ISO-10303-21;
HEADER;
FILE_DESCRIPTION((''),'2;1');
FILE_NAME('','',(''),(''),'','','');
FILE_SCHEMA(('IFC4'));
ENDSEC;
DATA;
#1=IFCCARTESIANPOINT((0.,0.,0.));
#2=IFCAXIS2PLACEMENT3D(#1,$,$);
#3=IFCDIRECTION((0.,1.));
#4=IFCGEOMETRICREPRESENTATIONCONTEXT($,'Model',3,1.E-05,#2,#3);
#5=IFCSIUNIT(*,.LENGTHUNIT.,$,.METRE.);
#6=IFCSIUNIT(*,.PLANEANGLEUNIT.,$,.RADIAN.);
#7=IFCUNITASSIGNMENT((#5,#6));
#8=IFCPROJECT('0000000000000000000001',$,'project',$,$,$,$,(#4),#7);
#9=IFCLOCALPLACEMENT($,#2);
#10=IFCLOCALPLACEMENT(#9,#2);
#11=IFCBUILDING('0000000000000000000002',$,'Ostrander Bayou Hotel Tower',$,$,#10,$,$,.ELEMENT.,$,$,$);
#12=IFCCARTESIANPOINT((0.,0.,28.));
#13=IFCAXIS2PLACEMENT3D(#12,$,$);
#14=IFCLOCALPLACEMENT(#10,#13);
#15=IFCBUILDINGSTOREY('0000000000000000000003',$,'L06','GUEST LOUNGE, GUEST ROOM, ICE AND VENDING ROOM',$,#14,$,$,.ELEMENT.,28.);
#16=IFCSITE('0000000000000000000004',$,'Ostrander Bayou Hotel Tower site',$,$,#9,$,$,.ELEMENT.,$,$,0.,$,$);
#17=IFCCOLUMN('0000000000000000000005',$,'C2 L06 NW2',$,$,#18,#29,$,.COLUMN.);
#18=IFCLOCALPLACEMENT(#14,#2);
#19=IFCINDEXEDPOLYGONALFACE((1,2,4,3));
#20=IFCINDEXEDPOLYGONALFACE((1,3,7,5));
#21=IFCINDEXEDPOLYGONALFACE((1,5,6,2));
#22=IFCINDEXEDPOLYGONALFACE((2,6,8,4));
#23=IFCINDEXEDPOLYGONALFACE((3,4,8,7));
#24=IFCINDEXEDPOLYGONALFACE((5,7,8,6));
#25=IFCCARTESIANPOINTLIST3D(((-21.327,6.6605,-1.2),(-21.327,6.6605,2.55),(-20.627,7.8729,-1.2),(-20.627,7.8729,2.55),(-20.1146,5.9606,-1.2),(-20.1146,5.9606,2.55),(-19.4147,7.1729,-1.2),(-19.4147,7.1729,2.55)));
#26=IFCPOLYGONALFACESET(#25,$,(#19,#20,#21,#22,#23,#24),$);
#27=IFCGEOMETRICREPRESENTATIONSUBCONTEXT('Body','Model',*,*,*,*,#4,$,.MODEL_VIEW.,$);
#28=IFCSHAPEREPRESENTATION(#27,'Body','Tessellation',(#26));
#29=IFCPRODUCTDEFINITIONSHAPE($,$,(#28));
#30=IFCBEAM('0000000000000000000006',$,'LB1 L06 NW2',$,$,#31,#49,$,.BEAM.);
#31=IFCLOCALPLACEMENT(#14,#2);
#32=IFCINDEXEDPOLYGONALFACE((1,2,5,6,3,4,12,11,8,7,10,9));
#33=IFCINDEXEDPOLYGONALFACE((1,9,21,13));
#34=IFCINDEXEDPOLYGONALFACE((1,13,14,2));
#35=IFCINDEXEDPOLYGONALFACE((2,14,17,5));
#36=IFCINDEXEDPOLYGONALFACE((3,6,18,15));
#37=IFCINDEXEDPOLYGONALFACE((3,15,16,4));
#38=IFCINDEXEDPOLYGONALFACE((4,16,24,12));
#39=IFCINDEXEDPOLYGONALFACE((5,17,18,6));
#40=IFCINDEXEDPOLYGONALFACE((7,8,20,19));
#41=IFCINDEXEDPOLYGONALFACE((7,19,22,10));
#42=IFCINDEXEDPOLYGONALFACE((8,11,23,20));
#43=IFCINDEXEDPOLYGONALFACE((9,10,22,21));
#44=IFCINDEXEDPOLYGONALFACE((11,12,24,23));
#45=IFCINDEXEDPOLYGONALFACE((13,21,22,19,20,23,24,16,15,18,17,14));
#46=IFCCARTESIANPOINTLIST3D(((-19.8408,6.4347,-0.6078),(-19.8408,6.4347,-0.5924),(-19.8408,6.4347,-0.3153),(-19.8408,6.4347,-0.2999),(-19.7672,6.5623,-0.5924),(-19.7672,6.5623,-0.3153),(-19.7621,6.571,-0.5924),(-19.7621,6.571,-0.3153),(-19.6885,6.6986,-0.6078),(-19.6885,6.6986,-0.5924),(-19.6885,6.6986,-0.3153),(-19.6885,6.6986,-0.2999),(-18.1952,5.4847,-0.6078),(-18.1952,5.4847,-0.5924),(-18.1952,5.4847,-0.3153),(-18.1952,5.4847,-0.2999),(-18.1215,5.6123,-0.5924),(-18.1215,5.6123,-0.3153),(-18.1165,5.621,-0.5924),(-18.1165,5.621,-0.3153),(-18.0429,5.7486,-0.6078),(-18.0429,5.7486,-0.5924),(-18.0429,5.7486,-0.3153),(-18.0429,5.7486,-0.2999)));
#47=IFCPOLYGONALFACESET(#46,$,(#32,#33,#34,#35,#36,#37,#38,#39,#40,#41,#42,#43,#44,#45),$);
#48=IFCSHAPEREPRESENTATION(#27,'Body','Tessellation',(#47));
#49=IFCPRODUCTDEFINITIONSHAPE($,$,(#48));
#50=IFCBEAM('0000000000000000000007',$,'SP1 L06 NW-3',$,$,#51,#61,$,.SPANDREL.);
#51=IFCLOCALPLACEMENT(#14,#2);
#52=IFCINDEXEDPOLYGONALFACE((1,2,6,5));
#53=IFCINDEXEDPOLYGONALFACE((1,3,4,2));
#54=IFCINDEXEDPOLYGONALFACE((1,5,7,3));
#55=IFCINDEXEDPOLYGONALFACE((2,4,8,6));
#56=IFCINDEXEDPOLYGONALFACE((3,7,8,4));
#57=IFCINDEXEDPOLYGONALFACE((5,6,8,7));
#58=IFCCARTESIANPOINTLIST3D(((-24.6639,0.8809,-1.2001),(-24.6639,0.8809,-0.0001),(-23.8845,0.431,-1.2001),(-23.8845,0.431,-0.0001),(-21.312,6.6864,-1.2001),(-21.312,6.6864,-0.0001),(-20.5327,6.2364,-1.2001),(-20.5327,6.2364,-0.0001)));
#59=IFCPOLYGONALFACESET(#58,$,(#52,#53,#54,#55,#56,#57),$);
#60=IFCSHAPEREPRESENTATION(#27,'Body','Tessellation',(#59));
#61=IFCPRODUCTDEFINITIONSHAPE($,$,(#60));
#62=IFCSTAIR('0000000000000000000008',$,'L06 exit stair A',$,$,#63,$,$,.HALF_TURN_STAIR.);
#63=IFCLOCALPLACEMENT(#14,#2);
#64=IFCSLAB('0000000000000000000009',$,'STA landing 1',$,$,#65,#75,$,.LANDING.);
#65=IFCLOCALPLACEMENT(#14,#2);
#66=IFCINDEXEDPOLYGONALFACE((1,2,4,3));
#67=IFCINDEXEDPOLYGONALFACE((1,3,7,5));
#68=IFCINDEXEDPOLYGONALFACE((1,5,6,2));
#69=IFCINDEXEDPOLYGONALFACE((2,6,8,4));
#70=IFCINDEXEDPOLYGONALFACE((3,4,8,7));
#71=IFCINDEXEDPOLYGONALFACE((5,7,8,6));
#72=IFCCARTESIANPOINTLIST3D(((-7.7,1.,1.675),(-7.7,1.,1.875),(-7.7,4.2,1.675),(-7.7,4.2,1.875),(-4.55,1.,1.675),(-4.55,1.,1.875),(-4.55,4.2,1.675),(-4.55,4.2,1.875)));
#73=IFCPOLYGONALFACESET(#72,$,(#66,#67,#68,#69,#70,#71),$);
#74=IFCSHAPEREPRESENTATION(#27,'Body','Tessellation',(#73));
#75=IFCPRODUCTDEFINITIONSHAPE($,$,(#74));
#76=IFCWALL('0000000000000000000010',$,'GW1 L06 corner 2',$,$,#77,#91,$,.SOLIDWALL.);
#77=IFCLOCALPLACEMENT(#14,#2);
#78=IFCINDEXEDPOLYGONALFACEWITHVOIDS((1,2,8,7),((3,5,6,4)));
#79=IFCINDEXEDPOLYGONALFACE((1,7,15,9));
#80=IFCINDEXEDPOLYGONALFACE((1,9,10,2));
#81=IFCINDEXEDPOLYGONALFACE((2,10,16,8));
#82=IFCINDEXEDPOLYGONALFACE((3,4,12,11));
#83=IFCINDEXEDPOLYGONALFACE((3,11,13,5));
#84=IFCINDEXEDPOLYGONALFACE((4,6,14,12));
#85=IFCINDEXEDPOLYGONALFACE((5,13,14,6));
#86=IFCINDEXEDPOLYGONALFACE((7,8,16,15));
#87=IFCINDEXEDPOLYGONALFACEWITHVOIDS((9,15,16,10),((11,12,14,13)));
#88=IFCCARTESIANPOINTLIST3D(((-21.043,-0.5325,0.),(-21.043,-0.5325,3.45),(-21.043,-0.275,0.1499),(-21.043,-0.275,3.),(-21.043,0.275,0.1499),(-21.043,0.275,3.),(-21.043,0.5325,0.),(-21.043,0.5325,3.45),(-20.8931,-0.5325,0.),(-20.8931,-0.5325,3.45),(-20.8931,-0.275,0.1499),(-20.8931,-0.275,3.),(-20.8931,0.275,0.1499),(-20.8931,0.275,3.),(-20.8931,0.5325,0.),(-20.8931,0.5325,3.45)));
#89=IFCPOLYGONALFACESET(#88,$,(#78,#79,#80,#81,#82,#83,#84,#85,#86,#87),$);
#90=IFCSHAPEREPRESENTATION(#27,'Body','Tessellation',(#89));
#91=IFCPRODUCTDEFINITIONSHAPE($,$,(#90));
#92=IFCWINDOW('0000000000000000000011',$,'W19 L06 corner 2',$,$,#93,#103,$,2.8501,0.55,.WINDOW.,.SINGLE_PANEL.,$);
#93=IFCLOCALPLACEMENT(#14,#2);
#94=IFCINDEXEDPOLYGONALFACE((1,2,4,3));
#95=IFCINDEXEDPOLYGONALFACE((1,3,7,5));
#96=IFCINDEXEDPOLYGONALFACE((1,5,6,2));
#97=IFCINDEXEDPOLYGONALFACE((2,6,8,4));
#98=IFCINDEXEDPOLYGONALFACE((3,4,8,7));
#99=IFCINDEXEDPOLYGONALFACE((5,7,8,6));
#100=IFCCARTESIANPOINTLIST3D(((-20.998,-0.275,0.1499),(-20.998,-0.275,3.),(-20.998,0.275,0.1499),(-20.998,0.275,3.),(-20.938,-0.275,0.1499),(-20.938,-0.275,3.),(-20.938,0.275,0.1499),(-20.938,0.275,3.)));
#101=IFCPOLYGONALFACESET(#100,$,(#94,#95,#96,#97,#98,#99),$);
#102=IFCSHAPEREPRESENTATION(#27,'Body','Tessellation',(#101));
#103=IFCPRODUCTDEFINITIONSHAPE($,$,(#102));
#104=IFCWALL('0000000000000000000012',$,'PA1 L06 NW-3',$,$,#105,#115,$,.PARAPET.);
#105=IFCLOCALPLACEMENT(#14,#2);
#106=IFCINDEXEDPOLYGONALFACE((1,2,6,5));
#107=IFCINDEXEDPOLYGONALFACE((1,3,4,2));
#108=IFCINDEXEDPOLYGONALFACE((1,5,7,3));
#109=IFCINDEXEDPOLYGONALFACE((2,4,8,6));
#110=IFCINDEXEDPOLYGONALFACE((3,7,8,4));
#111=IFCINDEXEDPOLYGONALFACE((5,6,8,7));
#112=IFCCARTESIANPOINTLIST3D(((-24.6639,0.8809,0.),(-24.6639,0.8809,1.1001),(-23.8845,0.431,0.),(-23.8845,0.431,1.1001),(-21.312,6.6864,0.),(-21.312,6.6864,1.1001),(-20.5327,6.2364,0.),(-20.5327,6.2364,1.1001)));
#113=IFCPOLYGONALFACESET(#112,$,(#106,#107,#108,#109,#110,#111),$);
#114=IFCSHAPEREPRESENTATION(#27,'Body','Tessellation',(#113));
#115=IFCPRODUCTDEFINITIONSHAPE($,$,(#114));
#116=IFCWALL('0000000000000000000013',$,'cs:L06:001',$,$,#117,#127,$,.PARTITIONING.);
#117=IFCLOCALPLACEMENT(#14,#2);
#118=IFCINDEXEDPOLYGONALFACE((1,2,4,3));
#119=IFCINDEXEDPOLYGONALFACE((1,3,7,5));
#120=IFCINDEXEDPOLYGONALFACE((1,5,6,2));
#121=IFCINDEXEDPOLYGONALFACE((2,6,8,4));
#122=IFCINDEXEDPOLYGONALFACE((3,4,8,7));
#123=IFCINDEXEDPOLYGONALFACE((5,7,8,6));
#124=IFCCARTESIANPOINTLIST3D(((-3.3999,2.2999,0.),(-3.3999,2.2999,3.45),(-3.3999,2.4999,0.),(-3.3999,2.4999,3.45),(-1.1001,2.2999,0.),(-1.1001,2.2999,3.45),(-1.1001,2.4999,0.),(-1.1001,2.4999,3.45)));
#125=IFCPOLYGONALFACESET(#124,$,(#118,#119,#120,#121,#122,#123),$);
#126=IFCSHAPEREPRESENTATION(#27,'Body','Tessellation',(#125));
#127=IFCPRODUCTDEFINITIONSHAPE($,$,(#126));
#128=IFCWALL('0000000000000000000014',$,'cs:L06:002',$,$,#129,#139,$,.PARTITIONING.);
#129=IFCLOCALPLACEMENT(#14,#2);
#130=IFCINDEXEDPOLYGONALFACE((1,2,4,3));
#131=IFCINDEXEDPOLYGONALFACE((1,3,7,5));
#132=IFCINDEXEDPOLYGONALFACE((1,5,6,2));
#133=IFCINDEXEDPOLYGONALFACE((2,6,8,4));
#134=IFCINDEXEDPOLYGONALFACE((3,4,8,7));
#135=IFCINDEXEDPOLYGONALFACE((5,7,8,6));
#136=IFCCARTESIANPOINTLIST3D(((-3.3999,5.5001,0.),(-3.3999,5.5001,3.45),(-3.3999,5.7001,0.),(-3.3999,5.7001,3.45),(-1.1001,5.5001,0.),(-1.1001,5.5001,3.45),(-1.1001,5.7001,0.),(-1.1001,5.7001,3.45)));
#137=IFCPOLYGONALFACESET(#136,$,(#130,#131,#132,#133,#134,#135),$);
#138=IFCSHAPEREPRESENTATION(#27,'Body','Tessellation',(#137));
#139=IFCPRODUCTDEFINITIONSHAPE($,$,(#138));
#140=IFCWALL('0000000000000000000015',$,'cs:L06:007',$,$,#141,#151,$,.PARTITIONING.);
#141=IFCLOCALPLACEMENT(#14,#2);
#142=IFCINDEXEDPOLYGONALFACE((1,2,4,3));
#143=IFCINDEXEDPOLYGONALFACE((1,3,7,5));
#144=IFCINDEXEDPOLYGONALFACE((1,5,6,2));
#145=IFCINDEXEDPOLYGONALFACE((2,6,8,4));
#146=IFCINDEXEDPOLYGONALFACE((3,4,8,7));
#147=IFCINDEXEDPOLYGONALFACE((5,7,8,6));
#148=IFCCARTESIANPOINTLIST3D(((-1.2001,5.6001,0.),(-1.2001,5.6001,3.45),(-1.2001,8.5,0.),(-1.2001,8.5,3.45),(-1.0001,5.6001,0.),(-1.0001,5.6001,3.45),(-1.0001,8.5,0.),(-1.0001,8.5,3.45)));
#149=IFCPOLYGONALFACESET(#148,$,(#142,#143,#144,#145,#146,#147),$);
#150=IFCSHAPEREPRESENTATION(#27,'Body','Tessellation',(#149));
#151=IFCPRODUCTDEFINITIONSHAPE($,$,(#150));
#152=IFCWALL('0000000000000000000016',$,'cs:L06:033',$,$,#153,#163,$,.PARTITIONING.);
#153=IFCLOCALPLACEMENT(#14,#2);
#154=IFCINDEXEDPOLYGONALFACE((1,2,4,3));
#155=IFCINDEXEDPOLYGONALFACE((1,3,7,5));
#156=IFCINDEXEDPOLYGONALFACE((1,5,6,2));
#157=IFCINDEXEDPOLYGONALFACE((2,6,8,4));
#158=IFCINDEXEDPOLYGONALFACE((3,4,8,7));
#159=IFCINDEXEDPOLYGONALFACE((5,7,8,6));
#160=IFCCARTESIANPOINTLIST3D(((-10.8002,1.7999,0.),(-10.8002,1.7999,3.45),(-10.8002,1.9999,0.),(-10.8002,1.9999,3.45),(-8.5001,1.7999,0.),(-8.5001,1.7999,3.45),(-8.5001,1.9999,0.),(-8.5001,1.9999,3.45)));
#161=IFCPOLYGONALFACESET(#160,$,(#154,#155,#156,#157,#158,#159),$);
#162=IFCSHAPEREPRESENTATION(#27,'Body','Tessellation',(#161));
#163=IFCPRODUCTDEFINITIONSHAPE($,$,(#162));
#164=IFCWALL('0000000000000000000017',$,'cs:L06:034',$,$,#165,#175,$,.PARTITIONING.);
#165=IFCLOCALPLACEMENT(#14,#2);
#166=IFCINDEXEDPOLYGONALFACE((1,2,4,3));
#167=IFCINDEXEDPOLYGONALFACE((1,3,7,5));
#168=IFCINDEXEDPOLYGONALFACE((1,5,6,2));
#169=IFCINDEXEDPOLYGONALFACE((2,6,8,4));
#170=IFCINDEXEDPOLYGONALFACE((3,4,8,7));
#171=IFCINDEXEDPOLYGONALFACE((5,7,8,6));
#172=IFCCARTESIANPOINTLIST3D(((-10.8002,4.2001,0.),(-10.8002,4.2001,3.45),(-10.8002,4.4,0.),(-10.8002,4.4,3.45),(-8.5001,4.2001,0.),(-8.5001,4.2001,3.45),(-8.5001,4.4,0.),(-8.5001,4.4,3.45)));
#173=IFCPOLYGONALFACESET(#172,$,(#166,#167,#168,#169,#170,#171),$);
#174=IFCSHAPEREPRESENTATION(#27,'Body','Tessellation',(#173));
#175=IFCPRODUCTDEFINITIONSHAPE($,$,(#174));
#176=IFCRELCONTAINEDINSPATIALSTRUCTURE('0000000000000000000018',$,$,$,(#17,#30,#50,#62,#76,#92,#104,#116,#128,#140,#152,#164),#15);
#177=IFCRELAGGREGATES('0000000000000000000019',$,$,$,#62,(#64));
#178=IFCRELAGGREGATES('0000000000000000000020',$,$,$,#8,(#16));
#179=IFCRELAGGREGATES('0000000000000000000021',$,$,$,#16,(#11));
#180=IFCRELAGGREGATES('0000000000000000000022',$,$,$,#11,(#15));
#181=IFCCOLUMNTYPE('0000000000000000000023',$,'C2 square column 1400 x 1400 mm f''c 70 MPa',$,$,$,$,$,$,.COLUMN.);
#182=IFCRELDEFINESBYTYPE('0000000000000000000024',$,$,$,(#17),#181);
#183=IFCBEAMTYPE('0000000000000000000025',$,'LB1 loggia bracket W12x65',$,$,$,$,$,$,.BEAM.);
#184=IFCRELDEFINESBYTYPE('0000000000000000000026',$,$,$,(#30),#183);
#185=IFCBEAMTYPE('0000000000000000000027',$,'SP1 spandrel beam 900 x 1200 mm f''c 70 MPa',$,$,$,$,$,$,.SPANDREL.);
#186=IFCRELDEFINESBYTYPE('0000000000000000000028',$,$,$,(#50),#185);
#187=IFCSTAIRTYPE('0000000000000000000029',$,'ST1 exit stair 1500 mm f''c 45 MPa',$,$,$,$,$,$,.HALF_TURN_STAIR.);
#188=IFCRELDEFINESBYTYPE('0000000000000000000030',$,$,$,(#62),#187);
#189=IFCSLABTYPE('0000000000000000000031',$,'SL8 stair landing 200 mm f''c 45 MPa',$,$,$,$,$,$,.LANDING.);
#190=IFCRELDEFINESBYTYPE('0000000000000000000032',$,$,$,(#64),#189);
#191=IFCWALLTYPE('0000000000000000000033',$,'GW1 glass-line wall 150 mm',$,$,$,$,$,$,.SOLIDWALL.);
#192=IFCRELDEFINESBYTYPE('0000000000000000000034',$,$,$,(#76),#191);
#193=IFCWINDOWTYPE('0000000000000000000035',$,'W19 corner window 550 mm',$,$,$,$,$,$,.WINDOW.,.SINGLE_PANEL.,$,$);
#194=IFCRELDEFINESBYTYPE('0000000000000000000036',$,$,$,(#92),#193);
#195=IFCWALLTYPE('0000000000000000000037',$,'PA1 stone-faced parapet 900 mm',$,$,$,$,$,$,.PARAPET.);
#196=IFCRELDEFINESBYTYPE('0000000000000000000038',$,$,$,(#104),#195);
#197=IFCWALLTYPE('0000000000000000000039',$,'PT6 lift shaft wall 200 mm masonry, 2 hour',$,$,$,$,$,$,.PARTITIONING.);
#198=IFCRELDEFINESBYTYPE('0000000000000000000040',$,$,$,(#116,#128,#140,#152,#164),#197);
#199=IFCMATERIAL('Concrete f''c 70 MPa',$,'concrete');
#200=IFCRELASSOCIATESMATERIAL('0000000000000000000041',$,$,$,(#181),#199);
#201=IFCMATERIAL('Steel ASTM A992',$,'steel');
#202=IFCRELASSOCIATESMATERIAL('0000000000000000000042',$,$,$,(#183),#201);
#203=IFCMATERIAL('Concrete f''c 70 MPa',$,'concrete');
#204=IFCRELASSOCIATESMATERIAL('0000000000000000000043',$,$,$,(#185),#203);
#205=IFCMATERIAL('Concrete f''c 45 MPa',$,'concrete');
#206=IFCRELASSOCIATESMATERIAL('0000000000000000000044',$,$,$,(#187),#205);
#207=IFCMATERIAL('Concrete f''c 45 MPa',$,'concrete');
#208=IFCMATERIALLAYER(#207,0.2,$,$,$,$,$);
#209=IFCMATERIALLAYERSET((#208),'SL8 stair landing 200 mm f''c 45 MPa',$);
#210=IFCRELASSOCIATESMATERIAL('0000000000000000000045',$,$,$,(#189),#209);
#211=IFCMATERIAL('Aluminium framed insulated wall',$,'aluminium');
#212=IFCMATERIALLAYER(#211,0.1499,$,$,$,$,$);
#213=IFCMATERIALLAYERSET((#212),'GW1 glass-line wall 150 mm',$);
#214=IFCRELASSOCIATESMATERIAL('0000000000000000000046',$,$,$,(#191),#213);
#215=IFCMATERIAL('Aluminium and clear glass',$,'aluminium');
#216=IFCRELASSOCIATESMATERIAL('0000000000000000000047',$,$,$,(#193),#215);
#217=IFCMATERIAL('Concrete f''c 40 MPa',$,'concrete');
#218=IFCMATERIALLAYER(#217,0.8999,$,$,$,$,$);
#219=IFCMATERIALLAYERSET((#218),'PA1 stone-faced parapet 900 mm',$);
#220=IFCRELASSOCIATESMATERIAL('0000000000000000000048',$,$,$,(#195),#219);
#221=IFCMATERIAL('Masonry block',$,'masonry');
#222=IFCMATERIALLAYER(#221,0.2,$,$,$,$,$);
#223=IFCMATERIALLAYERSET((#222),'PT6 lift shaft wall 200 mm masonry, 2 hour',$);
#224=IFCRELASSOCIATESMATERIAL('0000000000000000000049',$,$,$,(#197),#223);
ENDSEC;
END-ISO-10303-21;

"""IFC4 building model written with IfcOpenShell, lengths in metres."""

from ifc_helpers import new_model, si_unit, direction, frame, frame_2d, origin, origin_2d, place, context, subcontext, project, spatial, polyline, rectangle, i_section, outline, extrude, material, layer, layer_set, material_profile, profile_set, type_object, element, fill, aggregate, save


model = new_model("IFC4")

# Units and contexts
model_context = context("Model", 3, precision=1e-05, world=origin(), true_north=direction((0.0, 1.0)))
body_context = subcontext(model_context, "Body", "Model", "MODEL_VIEW")
ifc_project = project(units=[si_unit("LENGTHUNIT", "METRE"), si_unit("PLANEANGLEUNIT", "RADIAN")], contexts=[model_context])

# Site, building, storey
site_placement = place(None, origin())
site = spatial("IfcSite", under=ifc_project, at=site_placement, Name="Ostrander Bayou Hotel Tower site", CompositionType="ELEMENT", RefElevation=0.0)
building_placement = place(site_placement, origin())
building = spatial("IfcBuilding", under=site, at=building_placement, Name="Ostrander Bayou Hotel Tower", CompositionType="ELEMENT")
storey_placement = place(building_placement, frame((0.0, 0.0, 28.0)))
storey = spatial("IfcBuildingStorey", under=building, at=storey_placement, Name="L06", Description="GUEST LOUNGE, GUEST ROOM, ICE AND VENDING ROOM", CompositionType="ELEMENT", Elevation=28.0)

# Column
ifc_material_1 = material(Name="Concrete f'c 70 MPa", Category="concrete")
ifc_material_profile_1 = material_profile(ifc_material_1, rectangle(XDim=1.3999, YDim=1.3999, at=origin_2d()))
ifc_profile_set_1 = profile_set([ifc_material_profile_1], Name="Concrete f'c 70 MPa")
column_type = type_object("IfcColumnType", Name="C2 square column 1400 x 1400 mm f'c 70 MPa", PredefinedType="COLUMN", material=ifc_profile_set_1)
column_placement = place(storey_placement, frame((-20.3708, 6.9167, -1.2), z_axis=(0.0, 0.0, 1.0), x_axis=(0.5, 0.866025, 0.0)))
element("IfcColumn", 1, at=column_placement, inside=storey, type_object=column_type, Name="C2 L06 NW2", PredefinedType="COLUMN", context=body_context, shape_type="SweptSolid", body=[
    extrude(rectangle(XDim=1.3999, YDim=1.3999, at=origin_2d()), origin(), (0.0, 0.0, 1.0), 3.75),
])

# Beams
ifc_material_2 = material(Name="Steel ASTM A992", Category="steel")
ifc_material_profile_2 = material_profile(ifc_material_2, i_section(OverallWidth=0.3047, OverallDepth=0.3079, WebThickness=0.01, FlangeThickness=0.0154, at=origin_2d()))
ifc_profile_set_2 = profile_set([ifc_material_profile_2], Name="Steel ASTM A992")
beam_type_1 = type_object("IfcBeamType", Name="LB1 loggia bracket W12x65", PredefinedType="BEAM", material=ifc_profile_set_2)
beam_1_placement = place(storey_placement, frame((-19.7646, 6.5667, -0.4539), z_axis=(0.866044, -0.499967, 0.0), x_axis=(0.499967, 0.866044, 0.0)))
element("IfcBeam", 2, at=beam_1_placement, inside=storey, type_object=beam_type_1, Name="LB1 L06 NW2", PredefinedType="BEAM", context=body_context, shape_type="SweptSolid", body=[
    extrude(i_section(OverallWidth=0.3047, OverallDepth=0.3079, WebThickness=0.01, FlangeThickness=0.0154, at=origin_2d()), origin(), (0.0, 0.0, 1.0), 1.9001),
])
ifc_material_3 = material(Name="Concrete f'c 70 MPa", Category="concrete")
ifc_material_profile_3 = material_profile(ifc_material_3, rectangle(XDim=0.8999, YDim=1.2, at=origin_2d()))
ifc_profile_set_3 = profile_set([ifc_material_profile_3], Name="Concrete f'c 70 MPa")
beam_type_2 = type_object("IfcBeamType", Name="SP1 spandrel beam 900 x 1200 mm f'c 70 MPa", PredefinedType="SPANDREL", material=ifc_profile_set_3)
beam_2_placement = place(storey_placement, frame((-20.9224, 6.4614, -0.6001), z_axis=(-0.500005, -0.866022, 0.0), x_axis=(0.866022, -0.500005, 0.0)))
element("IfcBeam", 3, at=beam_2_placement, inside=storey, type_object=beam_type_2, Name="SP1 L06 NW-3", PredefinedType="SPANDREL", context=body_context, shape_type="SweptSolid", body=[
    extrude(rectangle(XDim=0.8999, YDim=1.2, at=origin_2d()), origin(), (0.0, 0.0, 1.0), 6.7036),
])

# Stair, slab
ifc_material_4 = material(Name="Concrete f'c 45 MPa", Category="concrete")
stair_type = type_object("IfcStairType", Name="ST1 exit stair 1500 mm f'c 45 MPa", PredefinedType="HALF_TURN_STAIR", material=ifc_material_4)
stair_placement = place(storey_placement, origin())
stair = element("IfcStair", 4, at=stair_placement, inside=storey, type_object=stair_type, Name="L06 exit stair A", PredefinedType="HALF_TURN_STAIR")
ifc_material_5 = material(Name="Concrete f'c 45 MPa", Category="concrete")
ifc_layer_1 = layer(ifc_material_5, 0.2)
ifc_layer_set_1 = layer_set([ifc_layer_1], Name="SL8 stair landing 200 mm f'c 45 MPa")
slab_type = type_object("IfcSlabType", Name="SL8 stair landing 200 mm f'c 45 MPa", PredefinedType="LANDING", material=ifc_layer_set_1)
slab_placement = place(storey_placement, frame((0.0, 0.0, 1.675)))
slab = element("IfcSlab", 5, at=slab_placement, type_object=slab_type, Name="STA landing 1", PredefinedType="LANDING", context=body_context, shape_type="SweptSolid", body=[
    extrude(outline(polyline([(-7.7, 4.2), (-7.7, 1.0), (-4.55, 1.0), (-4.55, 4.2), (-7.7, 4.2)])), origin(), (0.0, 0.0, 1.0), 0.2),
])

# Wall, opening, window
ifc_material_6 = material(Name="Aluminium framed insulated wall", Category="aluminium")
ifc_layer_2 = layer(ifc_material_6, 0.1499)
ifc_layer_set_2 = layer_set([ifc_layer_2], Name="GW1 glass-line wall 150 mm")
wall_type_1 = type_object("IfcWallType", Name="GW1 glass-line wall 150 mm", PredefinedType="SOLIDWALL", material=ifc_layer_set_2)
wall_1_placement = place(storey_placement, frame((-20.968, 0.5325, 0.0), z_axis=(0.0, 0.0, 1.0), x_axis=(0.0, -1.0, 0.0)))
wall_1 = element("IfcWall", 6, at=wall_1_placement, inside=storey, type_object=wall_type_1, Name="GW1 L06 corner 2", PredefinedType="SOLIDWALL", context=body_context, shape_type="SweptSolid", body=[
    extrude(rectangle(XDim=1.0649, YDim=0.1499, at=frame_2d((0.5325, 0.0))), origin(), (0.0, 0.0, 1.0), 3.45),
])
opening_1_placement = place(wall_1_placement, frame((0.2576, 0.0, 0.1499)))
opening_1 = element("IfcOpeningElement", 7, at=opening_1_placement, cuts=wall_1, PredefinedType="OPENING", context=body_context, shape_type="SweptSolid", body=[
    extrude(rectangle(XDim=0.55, YDim=2.8501, at=frame_2d((0.2749, 1.425))), frame((0.0, 0.075, 0.0), z_axis=(0.0, -1.0, 0.0), x_axis=(1.0, 0.0, 0.0)), (0.0, 0.0, 1.0), 0.1499),
])
ifc_material_7 = material(Name="Aluminium and clear glass", Category="aluminium")
window_type = type_object("IfcWindowType", Name="W19 corner window 550 mm", PartitioningType="SINGLE_PANEL", PredefinedType="WINDOW", material=ifc_material_7)
window_placement = place(opening_1_placement, origin())
window = element("IfcWindow", 8, at=window_placement, inside=storey, type_object=window_type, Name="W19 L06 corner 2", OverallHeight=2.8501, OverallWidth=0.55, PartitioningType="SINGLE_PANEL", PredefinedType="WINDOW", context=body_context, shape_type="SweptSolid", body=[
    extrude(rectangle(XDim=0.55, YDim=2.8501, at=frame_2d((0.2749, 1.425))), frame((0.0, 0.03, 0.0), z_axis=(0.0, -1.0, 0.0), x_axis=(1.0, 0.0, 0.0)), (0.0, 0.0, 1.0), 0.0601),
])
fill(opening_1, window)

# Wall
ifc_material_8 = material(Name="Concrete f'c 40 MPa", Category="concrete")
ifc_layer_3 = layer(ifc_material_8, 0.8999)
ifc_layer_set_3 = layer_set([ifc_layer_3], Name="PA1 stone-faced parapet 900 mm")
wall_type_2 = type_object("IfcWallType", Name="PA1 stone-faced parapet 900 mm", PredefinedType="PARAPET", material=ifc_layer_set_3)
wall_2_placement = place(storey_placement, frame((-20.9224, 6.4614, 0.0), z_axis=(0.0, 0.0, 1.0), x_axis=(-0.500005, -0.866022, 0.0)))
element("IfcWall", 9, at=wall_2_placement, inside=storey, type_object=wall_type_2, Name="PA1 L06 NW-3", PredefinedType="PARAPET", context=body_context, shape_type="SweptSolid", body=[
    extrude(rectangle(XDim=6.7036, YDim=0.8999, at=frame_2d((3.3518, 0.0))), origin(), (0.0, 0.0, 1.0), 1.1001),
])

# Walls
ifc_material_9 = material(Name="Masonry block", Category="masonry")
ifc_layer_4 = layer(ifc_material_9, 0.2)
ifc_layer_set_4 = layer_set([ifc_layer_4], Name="PT6 lift shaft wall 200 mm masonry, 2 hour")
wall_type_3 = type_object("IfcWallType", Name="PT6 lift shaft wall 200 mm masonry, 2 hour", PredefinedType="PARTITIONING", material=ifc_layer_set_4)
for number, where, z_axis, x_axis, name in (
    (10, (-3.3999, 2.3999, 0.0), (0.0, 0.0, 1.0), (1.0, 0.0, 0.0), "cs:L06:001"),
    (11, (-3.3999, 5.6001, 0.0), (0.0, 0.0, 1.0), (1.0, 0.0, 0.0), "cs:L06:002"),
):
    element("IfcWall", number, at=place(storey_placement, frame(where, z_axis=z_axis, x_axis=x_axis)), inside=storey, type_object=wall_type_3, Name=name, PredefinedType="PARTITIONING", context=body_context, shape_type="SweptSolid", body=[
        extrude(rectangle(XDim=2.2998, YDim=0.2, at=frame_2d((1.1499, 0.0))), origin(), (0.0, 0.0, 1.0), 3.45),
    ])
wall_3_placement = place(storey_placement, frame((-1.1001, 5.6001, 0.0), z_axis=(0.0, 0.0, 1.0), x_axis=(0.0, 1.0, 0.0)))
element("IfcWall", 12, at=wall_3_placement, inside=storey, type_object=wall_type_3, Name="cs:L06:007", PredefinedType="PARTITIONING", context=body_context, shape_type="SweptSolid", body=[
    extrude(rectangle(XDim=2.8999, YDim=0.2, at=frame_2d((1.45, 0.0))), origin(), (0.0, 0.0, 1.0), 3.45),
])
for number, where, z_axis, x_axis, name in (
    (13, (-10.8, 1.8999, 0.0), (0.0, 0.0, 1.0), (1.0, 0.0, 0.0), "cs:L06:033"),
    (14, (-10.8, 4.3, 0.0), (0.0, 0.0, 1.0), (1.0, 0.0, 0.0), "cs:L06:034"),
):
    element("IfcWall", number, at=place(storey_placement, frame(where, z_axis=z_axis, x_axis=x_axis)), inside=storey, type_object=wall_type_3, Name=name, PredefinedType="PARTITIONING", context=body_context, shape_type="SweptSolid", body=[
        extrude(rectangle(XDim=2.3, YDim=0.2, at=frame_2d((1.1499, 0.0))), origin(), (0.0, 0.0, 1.0), 3.45),
    ])

aggregate(stair, [slab])

save(model, "model.ifc")
